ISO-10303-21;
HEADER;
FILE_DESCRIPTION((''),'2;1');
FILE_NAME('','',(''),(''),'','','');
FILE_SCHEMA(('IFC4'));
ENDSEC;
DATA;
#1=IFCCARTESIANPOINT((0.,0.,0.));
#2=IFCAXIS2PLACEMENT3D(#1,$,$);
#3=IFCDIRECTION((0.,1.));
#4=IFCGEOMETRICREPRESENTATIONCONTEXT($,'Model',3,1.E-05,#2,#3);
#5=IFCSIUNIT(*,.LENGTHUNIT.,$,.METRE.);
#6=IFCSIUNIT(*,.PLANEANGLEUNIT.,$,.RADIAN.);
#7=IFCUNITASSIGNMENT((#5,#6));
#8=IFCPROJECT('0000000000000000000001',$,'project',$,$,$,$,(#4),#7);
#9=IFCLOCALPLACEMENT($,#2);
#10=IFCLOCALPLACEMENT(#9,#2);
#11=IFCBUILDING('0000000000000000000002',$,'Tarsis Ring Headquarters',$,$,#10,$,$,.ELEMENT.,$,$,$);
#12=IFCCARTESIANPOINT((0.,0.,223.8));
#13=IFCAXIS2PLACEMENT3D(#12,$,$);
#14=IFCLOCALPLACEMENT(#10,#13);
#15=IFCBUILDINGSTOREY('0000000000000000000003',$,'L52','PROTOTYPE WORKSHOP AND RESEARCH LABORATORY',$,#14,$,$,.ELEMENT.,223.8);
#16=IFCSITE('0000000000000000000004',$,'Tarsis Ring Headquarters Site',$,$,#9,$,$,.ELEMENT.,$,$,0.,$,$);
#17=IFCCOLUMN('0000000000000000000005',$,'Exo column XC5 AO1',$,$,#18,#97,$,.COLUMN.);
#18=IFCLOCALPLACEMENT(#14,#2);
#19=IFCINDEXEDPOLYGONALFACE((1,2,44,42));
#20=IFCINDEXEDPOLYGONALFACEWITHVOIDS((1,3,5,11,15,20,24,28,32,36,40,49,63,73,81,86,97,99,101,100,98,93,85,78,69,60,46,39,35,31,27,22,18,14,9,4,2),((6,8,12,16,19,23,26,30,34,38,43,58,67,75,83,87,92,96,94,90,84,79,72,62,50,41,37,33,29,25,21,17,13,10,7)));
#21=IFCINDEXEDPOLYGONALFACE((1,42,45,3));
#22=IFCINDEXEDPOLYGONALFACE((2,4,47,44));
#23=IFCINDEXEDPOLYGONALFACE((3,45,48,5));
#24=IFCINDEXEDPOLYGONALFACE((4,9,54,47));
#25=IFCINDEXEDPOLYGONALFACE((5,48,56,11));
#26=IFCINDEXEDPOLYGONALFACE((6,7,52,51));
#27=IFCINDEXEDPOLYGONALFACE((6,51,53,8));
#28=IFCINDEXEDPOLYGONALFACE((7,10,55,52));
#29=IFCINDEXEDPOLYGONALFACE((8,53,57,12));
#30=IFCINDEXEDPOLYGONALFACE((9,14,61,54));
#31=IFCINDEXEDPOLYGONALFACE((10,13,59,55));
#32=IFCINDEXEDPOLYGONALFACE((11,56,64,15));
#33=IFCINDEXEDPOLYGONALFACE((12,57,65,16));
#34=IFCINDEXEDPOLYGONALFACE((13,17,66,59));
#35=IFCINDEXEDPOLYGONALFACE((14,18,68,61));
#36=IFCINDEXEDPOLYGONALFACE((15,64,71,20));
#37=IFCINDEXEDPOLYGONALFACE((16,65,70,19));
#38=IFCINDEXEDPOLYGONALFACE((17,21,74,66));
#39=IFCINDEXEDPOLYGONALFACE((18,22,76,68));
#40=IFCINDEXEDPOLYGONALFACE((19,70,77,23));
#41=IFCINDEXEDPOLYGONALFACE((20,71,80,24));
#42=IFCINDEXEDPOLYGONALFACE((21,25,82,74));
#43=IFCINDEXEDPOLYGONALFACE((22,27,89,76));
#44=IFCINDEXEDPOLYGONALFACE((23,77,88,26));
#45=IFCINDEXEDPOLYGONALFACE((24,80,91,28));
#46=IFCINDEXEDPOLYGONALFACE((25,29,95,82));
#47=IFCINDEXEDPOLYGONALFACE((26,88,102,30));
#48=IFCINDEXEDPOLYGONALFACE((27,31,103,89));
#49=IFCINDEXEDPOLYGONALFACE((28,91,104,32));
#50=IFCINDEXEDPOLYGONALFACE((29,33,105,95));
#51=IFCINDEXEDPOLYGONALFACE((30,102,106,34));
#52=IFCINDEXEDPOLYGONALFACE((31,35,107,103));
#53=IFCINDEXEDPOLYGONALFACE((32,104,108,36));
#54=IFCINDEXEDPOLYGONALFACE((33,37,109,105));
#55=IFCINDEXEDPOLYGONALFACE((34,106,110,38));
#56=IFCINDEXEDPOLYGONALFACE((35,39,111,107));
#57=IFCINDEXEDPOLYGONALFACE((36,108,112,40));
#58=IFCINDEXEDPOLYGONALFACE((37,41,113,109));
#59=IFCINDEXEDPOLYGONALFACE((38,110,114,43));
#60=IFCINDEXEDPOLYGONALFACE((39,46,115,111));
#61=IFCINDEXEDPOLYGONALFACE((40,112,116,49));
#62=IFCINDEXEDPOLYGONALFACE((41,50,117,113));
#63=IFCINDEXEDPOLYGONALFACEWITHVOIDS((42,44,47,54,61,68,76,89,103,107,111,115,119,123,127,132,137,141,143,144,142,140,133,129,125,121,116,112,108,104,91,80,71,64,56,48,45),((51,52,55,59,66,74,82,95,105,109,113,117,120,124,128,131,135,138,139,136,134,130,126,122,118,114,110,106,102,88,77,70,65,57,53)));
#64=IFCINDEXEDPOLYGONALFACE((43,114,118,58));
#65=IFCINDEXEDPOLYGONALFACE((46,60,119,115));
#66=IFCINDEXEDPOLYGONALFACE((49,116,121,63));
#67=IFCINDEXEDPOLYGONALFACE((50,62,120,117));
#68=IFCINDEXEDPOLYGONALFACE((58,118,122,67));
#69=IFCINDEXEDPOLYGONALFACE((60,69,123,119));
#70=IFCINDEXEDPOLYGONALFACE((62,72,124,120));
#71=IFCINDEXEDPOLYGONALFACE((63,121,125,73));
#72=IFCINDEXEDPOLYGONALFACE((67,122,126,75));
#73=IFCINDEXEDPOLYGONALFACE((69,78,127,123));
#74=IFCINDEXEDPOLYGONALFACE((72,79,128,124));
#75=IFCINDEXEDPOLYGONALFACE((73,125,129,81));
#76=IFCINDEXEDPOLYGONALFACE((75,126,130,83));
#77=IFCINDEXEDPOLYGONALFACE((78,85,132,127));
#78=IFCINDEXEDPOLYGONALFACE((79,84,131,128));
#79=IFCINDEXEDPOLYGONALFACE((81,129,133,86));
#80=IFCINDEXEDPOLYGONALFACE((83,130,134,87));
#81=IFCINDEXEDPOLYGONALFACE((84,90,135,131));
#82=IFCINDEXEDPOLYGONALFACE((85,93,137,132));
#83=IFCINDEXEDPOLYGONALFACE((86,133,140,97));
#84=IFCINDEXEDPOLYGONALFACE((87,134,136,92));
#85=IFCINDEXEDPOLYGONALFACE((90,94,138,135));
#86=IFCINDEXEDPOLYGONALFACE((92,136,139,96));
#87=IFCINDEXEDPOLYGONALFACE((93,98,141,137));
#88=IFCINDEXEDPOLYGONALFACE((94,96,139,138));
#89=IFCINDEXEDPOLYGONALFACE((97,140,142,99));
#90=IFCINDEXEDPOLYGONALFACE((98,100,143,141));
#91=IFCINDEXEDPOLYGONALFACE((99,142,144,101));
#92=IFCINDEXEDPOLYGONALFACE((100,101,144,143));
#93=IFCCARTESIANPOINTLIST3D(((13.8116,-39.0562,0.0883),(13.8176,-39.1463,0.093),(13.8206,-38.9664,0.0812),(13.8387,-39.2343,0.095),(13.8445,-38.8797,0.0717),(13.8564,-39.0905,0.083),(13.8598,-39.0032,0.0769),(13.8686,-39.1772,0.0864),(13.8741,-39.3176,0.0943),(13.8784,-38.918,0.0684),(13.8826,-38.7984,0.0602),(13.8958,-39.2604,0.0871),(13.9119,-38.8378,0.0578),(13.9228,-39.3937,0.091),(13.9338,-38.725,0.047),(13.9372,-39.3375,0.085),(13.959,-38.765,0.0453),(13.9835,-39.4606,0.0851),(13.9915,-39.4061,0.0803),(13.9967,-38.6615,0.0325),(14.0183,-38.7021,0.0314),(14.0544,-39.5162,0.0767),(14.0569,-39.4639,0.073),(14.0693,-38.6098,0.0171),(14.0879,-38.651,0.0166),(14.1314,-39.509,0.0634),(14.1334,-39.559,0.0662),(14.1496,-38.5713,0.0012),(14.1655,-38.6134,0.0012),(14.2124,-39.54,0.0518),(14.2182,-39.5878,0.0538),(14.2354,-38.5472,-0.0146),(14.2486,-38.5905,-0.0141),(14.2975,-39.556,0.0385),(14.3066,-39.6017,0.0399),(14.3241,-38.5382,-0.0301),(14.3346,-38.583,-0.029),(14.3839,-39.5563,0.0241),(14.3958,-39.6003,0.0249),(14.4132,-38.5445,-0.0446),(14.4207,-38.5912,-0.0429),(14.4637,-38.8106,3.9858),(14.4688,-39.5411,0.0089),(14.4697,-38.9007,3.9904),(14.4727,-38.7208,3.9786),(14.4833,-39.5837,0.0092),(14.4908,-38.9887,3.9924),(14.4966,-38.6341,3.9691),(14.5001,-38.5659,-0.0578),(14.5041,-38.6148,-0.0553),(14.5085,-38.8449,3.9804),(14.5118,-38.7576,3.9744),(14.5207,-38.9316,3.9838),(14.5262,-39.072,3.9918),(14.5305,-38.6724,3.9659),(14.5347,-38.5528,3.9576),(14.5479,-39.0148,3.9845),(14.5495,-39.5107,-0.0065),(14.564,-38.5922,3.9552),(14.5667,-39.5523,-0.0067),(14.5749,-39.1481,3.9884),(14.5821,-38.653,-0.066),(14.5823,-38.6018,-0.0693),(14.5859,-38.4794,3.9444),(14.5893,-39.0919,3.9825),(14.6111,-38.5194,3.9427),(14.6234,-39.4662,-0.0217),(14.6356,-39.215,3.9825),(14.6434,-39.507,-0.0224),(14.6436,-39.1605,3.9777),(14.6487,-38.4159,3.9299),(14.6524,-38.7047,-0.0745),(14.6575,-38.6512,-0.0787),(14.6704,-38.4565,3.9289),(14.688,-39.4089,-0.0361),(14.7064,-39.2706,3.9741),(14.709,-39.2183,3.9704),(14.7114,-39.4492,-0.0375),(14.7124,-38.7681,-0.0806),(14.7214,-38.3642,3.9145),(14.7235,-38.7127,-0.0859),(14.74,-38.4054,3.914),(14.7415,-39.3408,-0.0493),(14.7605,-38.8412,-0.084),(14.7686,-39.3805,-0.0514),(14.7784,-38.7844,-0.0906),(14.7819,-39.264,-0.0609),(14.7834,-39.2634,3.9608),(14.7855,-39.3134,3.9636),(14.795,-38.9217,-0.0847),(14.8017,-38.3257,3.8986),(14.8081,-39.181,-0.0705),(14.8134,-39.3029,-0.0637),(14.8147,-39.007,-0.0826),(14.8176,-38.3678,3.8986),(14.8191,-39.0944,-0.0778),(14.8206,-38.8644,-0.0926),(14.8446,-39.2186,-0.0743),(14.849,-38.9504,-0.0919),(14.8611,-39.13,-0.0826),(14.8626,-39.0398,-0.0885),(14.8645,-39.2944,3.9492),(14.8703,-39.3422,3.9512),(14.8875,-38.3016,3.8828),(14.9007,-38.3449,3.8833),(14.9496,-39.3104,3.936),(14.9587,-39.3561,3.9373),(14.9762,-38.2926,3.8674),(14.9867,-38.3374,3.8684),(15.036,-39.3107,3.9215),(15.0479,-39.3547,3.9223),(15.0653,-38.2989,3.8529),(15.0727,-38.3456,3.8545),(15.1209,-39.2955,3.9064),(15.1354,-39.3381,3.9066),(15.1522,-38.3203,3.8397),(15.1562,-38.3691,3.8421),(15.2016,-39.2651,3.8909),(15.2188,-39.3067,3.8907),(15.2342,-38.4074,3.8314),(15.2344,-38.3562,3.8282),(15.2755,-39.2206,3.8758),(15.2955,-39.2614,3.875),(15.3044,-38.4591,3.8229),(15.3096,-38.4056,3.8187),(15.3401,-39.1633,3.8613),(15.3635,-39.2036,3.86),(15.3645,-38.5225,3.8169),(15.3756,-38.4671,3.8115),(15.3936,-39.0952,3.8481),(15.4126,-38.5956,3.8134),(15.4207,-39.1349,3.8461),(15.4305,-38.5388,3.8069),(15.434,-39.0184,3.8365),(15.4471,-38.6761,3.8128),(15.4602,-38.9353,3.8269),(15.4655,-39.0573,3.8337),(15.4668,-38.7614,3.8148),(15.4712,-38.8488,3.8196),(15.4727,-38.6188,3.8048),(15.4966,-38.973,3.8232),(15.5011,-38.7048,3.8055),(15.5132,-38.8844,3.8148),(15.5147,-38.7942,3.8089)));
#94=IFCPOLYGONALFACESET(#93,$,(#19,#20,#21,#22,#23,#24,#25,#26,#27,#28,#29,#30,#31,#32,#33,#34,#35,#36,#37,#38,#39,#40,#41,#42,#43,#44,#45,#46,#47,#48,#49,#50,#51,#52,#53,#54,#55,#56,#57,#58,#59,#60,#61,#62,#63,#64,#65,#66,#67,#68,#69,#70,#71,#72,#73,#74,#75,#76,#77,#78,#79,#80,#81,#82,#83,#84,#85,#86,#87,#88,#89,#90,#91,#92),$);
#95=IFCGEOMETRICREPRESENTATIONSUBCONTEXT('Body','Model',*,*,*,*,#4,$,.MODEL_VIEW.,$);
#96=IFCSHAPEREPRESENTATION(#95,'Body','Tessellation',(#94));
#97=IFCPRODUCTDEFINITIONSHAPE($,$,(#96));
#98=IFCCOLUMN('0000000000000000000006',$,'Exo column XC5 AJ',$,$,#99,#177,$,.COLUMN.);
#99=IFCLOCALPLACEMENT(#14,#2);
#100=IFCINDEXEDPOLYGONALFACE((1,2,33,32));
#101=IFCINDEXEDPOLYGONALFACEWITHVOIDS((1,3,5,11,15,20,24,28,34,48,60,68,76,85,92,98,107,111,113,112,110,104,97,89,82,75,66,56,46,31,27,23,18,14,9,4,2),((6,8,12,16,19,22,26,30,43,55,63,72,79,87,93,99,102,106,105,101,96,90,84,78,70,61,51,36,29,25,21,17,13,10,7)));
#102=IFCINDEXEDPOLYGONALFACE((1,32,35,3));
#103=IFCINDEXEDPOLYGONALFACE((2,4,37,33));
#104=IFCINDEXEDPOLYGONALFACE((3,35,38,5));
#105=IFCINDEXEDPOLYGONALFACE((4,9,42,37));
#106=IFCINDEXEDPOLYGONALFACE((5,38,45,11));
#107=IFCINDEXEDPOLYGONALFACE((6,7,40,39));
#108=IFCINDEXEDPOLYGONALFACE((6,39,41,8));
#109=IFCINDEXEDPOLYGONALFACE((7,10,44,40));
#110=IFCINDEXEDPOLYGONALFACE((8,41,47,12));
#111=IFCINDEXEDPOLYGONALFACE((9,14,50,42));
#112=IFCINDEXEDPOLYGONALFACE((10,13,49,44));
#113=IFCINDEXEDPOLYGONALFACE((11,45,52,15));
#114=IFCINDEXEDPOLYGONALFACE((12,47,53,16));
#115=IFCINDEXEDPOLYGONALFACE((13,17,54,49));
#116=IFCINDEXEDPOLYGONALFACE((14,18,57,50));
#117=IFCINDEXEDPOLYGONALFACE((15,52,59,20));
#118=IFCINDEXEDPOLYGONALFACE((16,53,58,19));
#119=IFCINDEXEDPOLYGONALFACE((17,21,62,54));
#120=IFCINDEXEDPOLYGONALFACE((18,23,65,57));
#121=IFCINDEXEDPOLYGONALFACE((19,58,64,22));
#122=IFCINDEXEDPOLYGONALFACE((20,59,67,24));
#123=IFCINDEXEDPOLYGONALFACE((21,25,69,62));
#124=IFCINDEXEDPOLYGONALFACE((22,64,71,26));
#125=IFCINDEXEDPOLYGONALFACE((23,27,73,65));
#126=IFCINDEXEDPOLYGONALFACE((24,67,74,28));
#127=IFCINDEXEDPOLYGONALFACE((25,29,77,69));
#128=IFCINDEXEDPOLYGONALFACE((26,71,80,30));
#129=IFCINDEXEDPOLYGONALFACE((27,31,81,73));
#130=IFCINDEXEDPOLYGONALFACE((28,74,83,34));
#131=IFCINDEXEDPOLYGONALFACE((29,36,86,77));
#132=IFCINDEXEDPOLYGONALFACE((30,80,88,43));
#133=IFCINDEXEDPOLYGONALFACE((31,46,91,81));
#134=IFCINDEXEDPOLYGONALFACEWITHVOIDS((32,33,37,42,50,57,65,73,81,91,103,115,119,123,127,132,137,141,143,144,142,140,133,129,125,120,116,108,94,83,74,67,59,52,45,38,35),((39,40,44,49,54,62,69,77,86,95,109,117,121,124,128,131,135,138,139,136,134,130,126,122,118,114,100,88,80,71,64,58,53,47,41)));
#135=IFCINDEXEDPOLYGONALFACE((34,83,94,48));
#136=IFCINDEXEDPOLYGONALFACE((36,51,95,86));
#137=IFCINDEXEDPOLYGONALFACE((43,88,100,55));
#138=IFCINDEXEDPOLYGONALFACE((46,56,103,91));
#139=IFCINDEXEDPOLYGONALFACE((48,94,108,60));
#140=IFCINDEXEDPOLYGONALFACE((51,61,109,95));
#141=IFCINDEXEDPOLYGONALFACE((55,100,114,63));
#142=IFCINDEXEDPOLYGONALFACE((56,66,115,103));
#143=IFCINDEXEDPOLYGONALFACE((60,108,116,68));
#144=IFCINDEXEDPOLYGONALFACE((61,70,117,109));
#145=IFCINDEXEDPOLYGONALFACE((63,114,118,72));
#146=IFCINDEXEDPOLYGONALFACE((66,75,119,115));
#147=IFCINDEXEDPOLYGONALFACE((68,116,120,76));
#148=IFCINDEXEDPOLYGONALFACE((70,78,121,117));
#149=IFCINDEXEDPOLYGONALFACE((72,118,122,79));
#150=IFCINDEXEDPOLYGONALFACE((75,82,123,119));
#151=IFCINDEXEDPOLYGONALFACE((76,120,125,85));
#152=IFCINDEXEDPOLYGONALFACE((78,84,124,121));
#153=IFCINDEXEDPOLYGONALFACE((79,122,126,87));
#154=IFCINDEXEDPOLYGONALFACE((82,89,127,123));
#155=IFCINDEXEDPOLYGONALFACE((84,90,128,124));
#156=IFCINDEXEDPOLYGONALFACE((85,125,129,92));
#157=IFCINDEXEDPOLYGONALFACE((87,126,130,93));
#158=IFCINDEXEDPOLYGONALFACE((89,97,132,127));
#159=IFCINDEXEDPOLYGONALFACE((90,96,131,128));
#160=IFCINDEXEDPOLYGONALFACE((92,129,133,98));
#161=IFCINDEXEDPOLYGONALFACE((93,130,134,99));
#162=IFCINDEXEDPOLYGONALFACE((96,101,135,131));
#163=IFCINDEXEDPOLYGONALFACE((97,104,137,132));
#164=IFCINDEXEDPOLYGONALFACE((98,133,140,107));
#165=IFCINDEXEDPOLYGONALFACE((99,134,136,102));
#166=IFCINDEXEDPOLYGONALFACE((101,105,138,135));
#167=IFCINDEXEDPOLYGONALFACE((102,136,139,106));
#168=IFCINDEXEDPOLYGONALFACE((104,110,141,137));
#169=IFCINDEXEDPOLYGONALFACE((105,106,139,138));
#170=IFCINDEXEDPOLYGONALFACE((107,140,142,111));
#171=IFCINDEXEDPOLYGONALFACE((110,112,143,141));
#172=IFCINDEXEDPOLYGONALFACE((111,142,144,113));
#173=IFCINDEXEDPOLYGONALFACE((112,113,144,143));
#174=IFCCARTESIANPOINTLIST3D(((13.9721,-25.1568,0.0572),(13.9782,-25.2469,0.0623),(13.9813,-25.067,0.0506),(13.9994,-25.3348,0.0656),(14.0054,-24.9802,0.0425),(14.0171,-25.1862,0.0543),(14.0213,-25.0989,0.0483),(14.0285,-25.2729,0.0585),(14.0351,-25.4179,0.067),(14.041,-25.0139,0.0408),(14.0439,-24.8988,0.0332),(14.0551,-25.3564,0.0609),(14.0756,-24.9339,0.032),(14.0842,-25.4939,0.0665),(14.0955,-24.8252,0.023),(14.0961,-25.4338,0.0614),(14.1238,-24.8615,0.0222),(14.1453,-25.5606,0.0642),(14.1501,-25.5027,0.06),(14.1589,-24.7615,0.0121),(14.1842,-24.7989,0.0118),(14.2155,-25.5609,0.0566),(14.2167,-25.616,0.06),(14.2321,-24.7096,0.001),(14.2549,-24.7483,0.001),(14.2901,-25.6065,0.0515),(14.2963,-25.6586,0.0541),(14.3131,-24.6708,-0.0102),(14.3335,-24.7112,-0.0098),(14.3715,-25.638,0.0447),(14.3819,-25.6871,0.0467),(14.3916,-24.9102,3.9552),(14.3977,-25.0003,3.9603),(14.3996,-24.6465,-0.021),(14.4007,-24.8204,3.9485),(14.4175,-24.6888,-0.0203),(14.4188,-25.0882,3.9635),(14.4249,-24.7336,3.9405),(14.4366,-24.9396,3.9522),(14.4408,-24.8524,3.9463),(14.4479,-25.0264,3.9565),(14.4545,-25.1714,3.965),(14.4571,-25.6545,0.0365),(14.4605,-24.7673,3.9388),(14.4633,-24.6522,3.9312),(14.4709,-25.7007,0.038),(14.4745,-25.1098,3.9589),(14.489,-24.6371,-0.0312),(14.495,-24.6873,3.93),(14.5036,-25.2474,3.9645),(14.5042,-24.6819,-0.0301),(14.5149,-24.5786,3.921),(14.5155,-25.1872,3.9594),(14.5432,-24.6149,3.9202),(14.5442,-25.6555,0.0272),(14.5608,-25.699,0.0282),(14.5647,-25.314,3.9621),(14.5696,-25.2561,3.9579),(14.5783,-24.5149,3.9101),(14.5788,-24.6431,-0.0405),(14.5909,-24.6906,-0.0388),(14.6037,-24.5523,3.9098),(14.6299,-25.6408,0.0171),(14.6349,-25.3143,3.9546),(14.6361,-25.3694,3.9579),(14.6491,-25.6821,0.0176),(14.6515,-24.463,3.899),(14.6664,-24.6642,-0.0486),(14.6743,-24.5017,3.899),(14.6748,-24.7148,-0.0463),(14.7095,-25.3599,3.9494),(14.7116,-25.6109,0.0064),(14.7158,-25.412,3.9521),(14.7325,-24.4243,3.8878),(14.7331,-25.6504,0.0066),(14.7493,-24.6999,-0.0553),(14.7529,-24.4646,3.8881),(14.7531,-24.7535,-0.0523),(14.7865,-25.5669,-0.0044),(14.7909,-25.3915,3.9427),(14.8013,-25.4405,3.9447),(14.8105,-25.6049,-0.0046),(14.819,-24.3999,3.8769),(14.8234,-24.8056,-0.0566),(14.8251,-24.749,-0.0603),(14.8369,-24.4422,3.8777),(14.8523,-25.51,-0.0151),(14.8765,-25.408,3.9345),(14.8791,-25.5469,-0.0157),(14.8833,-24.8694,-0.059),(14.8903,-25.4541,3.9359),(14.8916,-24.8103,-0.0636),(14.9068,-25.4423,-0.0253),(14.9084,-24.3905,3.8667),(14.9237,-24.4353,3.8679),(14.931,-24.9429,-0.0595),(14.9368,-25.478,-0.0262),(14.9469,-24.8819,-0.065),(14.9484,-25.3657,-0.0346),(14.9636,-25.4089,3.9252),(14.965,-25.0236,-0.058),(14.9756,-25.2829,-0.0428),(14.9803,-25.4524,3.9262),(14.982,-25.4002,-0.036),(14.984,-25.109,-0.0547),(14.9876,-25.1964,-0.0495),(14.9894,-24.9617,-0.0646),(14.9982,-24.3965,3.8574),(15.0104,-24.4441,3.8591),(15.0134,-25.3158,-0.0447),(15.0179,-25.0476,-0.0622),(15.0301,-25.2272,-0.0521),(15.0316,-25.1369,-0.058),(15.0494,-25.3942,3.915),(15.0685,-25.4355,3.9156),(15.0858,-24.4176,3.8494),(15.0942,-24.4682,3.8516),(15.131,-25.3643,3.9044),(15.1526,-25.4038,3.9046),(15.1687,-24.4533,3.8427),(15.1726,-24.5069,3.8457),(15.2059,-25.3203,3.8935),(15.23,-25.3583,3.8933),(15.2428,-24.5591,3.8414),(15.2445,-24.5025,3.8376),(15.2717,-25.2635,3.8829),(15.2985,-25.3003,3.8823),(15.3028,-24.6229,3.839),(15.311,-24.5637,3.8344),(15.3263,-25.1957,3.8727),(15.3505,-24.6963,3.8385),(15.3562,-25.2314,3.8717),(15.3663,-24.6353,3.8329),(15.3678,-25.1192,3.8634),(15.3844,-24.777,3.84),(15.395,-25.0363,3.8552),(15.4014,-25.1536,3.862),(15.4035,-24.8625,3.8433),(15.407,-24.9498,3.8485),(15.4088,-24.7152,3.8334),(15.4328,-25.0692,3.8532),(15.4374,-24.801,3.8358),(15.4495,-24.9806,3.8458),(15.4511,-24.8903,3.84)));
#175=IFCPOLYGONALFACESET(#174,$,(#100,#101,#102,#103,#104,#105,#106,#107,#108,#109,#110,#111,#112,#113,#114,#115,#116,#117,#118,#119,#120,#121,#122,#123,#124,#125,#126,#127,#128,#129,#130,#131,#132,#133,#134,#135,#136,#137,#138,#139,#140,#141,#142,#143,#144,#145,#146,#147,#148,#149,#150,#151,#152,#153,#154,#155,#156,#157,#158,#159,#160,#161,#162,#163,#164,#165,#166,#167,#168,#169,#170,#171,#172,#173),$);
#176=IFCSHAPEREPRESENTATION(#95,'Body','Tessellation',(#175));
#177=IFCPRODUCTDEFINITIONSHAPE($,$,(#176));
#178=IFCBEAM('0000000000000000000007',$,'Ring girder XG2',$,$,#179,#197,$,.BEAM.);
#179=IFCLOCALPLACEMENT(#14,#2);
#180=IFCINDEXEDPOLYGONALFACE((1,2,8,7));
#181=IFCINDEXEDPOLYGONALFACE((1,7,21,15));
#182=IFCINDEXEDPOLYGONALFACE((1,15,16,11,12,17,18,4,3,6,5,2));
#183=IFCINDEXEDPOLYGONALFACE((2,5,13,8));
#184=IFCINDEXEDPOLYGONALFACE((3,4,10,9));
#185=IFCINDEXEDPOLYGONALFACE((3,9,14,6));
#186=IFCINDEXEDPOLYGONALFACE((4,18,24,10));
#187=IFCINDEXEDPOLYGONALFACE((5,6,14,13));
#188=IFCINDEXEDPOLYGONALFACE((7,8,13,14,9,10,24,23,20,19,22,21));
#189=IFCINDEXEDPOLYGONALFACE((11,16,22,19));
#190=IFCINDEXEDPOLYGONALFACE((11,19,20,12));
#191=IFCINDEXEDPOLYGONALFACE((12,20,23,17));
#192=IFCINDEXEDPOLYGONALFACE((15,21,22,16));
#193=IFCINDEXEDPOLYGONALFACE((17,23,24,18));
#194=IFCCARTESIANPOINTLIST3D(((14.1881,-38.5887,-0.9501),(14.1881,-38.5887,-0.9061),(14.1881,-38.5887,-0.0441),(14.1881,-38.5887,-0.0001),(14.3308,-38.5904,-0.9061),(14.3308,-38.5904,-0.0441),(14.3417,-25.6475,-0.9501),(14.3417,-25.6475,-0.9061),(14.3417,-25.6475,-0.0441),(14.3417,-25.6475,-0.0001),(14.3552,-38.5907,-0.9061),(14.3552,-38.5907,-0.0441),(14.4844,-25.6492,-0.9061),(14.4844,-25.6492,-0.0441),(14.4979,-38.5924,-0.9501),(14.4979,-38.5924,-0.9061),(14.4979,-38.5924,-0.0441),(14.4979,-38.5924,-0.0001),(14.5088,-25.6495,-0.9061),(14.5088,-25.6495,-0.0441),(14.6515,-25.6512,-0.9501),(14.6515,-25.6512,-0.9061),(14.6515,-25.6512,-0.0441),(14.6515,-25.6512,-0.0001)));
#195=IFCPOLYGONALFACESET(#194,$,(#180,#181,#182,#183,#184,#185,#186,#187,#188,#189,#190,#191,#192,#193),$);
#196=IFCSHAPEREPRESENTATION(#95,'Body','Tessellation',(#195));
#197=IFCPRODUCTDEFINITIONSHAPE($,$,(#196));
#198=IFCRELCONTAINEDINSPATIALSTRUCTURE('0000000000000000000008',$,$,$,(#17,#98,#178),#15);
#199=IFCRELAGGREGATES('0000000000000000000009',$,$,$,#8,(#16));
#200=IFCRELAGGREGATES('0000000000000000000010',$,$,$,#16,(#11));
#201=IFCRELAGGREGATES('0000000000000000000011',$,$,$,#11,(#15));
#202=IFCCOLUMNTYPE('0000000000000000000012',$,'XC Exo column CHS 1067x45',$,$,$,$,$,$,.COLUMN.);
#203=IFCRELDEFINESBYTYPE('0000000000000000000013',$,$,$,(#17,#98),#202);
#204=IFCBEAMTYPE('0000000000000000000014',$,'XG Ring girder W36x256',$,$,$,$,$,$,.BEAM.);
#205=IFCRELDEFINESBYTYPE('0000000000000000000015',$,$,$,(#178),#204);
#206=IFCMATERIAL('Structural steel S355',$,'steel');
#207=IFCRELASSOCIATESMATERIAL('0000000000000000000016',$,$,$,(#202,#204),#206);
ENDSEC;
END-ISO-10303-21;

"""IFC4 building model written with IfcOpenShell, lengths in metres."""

from ifc_helpers import new_model, si_unit, direction, frame, origin, origin_2d, place, context, subcontext, project, spatial, hollow_circle, i_section, extrude, material, material_profile, profile_set, type_object, element, save


model = new_model("IFC4")

# Units and contexts
model_context = context("Model", 3, precision=1e-05, world=origin(), true_north=direction((0.0, 1.0)))
body_context = subcontext(model_context, "Body", "Model", "MODEL_VIEW")
ifc_project = project(units=[si_unit("LENGTHUNIT", "METRE"), si_unit("PLANEANGLEUNIT", "RADIAN")], contexts=[model_context])

# Site, building, storey
site_placement = place(None, origin())
site = spatial("IfcSite", under=ifc_project, at=site_placement, Name="Tarsis Ring Headquarters Site", CompositionType="ELEMENT", RefElevation=0.0)
building_placement = place(site_placement, origin())
building = spatial("IfcBuilding", under=site, at=building_placement, Name="Tarsis Ring Headquarters", CompositionType="ELEMENT")
storey_placement = place(building_placement, frame((0.0, 0.0, 223.8)))
storey = spatial("IfcBuildingStorey", under=building, at=storey_placement, Name="L52", Description="PROTOTYPE WORKSHOP AND RESEARCH LABORATORY", CompositionType="ELEMENT", Elevation=223.8)

# Columns
ifc_material_1 = material(Name="Structural steel S355", Category="steel")
ifc_material_profile_1 = material_profile(ifc_material_1, hollow_circle(Radius=0.5334, WallThickness=0.0449, at=origin_2d()), Name="CHS 1067x45")
ifc_profile_set_1 = profile_set([ifc_material_profile_1], Name="Structural steel S355")
column_type = type_object("IfcColumnType", Name="XC Exo column CHS 1067x45", PredefinedType="COLUMN", material=ifc_profile_set_1)
column_1_placement = place(storey_placement, frame((14.3376, -39.0706, 0.0012), z_axis=(0.164702, 0.062033, 0.984391), x_axis=(-0.352467, 0.935824, 0.0)))
element("IfcColumn", 1, at=column_1_placement, inside=storey, type_object=column_type, Name="Exo column XC5 AO1", PredefinedType="COLUMN", context=body_context, shape_type="SweptSolid", body=[
    extrude(hollow_circle(Radius=0.5334, WallThickness=0.0449, at=origin_2d()), origin(), (0.0, 0.0, 1.0), 3.9592),
])
column_2_placement = place(storey_placement, frame((14.5024, -25.1694, 0.001), z_axis=(0.106775, 0.062772, 0.9923), x_axis=(-0.506801, 0.862063, 0.0)))
element("IfcColumn", 2, at=column_2_placement, inside=storey, type_object=column_type, Name="Exo column XC5 AJ", PredefinedType="COLUMN", context=body_context, shape_type="SweptSolid", body=[
    extrude(hollow_circle(Radius=0.5334, WallThickness=0.0449, at=origin_2d()), origin(), (0.0, 0.0, 1.0), 3.9282),
])

# Beam
ifc_material_profile_2 = material_profile(ifc_material_1, i_section(OverallWidth=0.3098, OverallDepth=0.95, WebThickness=0.0244, FlangeThickness=0.0439, at=origin_2d()), Name="W36x256")
ifc_profile_set_2 = profile_set([ifc_material_profile_2], Name="Structural steel S355")
beam_type = type_object("IfcBeamType", Name="XG Ring girder W36x256", PredefinedType="BEAM", material=ifc_profile_set_2)
beam_placement = place(storey_placement, frame((14.343, -38.5906, -0.4751), z_axis=(0.011866, 0.99993, 0.0), x_axis=(-0.99993, 0.011866, 0.0)))
element("IfcBeam", 3, at=beam_placement, inside=storey, type_object=beam_type, Name="Ring girder XG2", PredefinedType="BEAM", context=body_context, shape_type="SweptSolid", body=[
    extrude(i_section(OverallWidth=0.3098, OverallDepth=0.95, WebThickness=0.0244, FlangeThickness=0.0439, at=origin_2d()), origin(), (0.0, 0.0, 1.0), 12.9421),
])

save(model, "model.ifc")
